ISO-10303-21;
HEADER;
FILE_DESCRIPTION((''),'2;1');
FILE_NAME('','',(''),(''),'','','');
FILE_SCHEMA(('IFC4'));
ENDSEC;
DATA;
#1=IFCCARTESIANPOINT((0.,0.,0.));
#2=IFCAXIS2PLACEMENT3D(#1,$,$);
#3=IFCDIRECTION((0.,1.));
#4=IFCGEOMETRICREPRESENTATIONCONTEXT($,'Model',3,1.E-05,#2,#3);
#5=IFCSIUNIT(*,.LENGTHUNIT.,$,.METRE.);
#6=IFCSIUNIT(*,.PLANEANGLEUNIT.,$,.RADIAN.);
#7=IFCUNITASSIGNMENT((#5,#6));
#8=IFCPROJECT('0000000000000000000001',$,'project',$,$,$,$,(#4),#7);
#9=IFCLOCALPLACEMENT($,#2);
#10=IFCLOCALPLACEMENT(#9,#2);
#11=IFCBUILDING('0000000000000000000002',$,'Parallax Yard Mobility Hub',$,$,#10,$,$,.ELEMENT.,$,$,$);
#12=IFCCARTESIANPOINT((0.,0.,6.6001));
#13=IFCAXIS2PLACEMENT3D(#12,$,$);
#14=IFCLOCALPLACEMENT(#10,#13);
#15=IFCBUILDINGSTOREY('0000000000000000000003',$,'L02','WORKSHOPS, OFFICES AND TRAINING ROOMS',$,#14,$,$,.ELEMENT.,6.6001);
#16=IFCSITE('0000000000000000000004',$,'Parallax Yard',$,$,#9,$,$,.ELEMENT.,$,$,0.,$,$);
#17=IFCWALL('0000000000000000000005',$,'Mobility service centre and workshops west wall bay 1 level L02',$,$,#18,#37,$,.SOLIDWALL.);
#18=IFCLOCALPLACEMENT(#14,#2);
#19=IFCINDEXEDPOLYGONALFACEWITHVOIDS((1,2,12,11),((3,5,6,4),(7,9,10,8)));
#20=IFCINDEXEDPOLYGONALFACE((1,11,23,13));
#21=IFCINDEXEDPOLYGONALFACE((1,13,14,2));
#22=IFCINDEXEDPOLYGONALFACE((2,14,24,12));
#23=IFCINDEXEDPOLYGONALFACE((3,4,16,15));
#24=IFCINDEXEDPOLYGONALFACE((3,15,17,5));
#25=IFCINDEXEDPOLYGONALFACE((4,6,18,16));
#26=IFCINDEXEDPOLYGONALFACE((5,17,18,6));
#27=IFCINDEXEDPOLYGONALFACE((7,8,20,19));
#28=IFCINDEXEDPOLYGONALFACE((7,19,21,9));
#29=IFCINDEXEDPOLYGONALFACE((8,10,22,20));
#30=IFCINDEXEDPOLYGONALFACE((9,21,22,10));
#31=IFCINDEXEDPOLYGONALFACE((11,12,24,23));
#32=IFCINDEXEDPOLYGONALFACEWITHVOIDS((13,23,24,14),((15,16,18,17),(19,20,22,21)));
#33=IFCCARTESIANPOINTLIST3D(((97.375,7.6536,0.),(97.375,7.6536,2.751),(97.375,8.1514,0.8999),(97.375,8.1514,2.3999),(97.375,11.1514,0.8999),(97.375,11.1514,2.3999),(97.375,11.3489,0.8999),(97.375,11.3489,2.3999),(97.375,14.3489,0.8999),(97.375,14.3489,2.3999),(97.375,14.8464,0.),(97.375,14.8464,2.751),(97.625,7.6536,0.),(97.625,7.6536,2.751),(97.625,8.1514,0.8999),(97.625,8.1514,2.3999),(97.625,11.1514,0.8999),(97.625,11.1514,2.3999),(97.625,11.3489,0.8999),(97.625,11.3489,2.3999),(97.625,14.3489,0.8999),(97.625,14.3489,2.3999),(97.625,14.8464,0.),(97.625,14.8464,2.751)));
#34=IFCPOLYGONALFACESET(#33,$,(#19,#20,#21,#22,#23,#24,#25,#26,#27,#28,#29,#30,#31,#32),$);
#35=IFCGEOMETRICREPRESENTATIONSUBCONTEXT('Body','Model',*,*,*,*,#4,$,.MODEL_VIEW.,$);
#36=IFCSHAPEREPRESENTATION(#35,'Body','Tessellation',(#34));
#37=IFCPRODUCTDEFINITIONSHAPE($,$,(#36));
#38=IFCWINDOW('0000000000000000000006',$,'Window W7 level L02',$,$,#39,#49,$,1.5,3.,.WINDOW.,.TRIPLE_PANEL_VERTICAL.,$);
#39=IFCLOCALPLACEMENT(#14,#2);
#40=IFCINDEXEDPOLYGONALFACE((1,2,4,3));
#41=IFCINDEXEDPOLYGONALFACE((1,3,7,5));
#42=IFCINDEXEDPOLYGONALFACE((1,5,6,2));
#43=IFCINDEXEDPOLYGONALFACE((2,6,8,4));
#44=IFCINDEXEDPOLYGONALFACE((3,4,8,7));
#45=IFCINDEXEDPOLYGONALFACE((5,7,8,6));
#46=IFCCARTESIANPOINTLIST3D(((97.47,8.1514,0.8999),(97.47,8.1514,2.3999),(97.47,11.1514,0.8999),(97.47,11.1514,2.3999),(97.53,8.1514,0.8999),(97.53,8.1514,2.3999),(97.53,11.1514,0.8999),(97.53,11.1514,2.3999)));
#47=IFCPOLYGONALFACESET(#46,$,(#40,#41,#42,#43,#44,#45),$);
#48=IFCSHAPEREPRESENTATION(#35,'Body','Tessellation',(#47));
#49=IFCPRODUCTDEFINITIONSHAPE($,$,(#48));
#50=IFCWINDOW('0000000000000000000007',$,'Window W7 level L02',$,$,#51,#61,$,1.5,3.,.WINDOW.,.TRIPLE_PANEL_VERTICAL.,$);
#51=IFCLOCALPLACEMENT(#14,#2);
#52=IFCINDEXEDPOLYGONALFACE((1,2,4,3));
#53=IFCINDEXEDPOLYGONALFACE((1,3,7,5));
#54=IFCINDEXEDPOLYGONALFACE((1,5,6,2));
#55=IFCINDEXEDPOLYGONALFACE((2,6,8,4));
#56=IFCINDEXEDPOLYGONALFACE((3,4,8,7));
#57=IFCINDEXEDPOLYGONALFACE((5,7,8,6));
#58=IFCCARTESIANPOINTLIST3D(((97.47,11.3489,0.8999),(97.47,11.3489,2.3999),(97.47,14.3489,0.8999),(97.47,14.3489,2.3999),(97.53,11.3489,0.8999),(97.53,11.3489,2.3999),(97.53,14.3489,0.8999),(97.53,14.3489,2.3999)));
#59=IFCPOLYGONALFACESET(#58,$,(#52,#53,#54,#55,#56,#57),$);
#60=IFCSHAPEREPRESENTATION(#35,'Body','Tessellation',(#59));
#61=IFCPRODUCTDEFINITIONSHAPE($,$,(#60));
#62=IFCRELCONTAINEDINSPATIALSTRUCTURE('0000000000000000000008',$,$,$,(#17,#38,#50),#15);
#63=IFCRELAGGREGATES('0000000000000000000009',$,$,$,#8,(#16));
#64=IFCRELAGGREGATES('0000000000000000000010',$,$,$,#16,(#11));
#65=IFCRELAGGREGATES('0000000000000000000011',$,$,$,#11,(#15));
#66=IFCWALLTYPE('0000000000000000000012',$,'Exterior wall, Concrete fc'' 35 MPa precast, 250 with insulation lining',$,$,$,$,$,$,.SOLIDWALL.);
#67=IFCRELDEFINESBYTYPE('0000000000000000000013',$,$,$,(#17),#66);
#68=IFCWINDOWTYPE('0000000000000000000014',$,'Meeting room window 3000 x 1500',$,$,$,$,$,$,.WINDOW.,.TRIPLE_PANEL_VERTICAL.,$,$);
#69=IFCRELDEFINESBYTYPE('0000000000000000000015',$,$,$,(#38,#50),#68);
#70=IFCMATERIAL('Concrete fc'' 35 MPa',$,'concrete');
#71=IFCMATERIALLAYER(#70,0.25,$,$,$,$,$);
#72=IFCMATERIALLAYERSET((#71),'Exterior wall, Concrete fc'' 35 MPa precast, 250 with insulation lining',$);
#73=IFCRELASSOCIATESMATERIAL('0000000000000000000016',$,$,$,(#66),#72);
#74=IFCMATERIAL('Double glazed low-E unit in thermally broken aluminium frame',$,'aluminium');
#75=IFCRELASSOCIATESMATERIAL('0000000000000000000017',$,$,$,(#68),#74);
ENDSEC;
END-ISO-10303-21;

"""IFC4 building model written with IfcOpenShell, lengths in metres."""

from ifc_helpers import new_model, si_unit, direction, frame, frame_2d, origin, place, context, subcontext, project, spatial, rectangle, extrude, material, layer, layer_set, type_object, element, fill, save


model = new_model("IFC4")

# Units and contexts
model_context = context("Model", 3, precision=1e-05, world=origin(), true_north=direction((0.0, 1.0)))
body_context = subcontext(model_context, "Body", "Model", "MODEL_VIEW")
ifc_project = project(units=[si_unit("LENGTHUNIT", "METRE"), si_unit("PLANEANGLEUNIT", "RADIAN")], contexts=[model_context])

# Site, building, storey
site_placement = place(None, origin())
site = spatial("IfcSite", under=ifc_project, at=site_placement, Name="Parallax Yard", CompositionType="ELEMENT", RefElevation=0.0)
building_placement = place(site_placement, origin())
building = spatial("IfcBuilding", under=site, at=building_placement, Name="Parallax Yard Mobility Hub", CompositionType="ELEMENT")
storey_placement = place(building_placement, frame((0.0, 0.0, 6.6001)))
storey = spatial("IfcBuildingStorey", under=building, at=storey_placement, Name="L02", Description="WORKSHOPS, OFFICES AND TRAINING ROOMS", CompositionType="ELEMENT", Elevation=6.6001)

# Wall, openings, windows
ifc_material_1 = material(Name="Concrete fc' 35 MPa", Category="concrete")
ifc_layer = layer(ifc_material_1, 0.25)
ifc_layer_set = layer_set([ifc_layer], Name="Exterior wall, Concrete fc' 35 MPa precast, 250 with insulation lining")
wall_type = type_object("IfcWallType", Name="Exterior wall, Concrete fc' 35 MPa precast, 250 with insulation lining", PredefinedType="SOLIDWALL", material=ifc_layer_set)
wall_placement = place(storey_placement, frame((97.5, 7.6536, 0.0), z_axis=(0.0, 0.0, 1.0), x_axis=(0.0, 1.0, 0.0)))
wall = element("IfcWall", 1, at=wall_placement, inside=storey, type_object=wall_type, Name="Mobility service centre and workshops west wall bay 1 level L02", PredefinedType="SOLIDWALL", context=body_context, shape_type="SweptSolid", body=[
    extrude(rectangle(XDim=7.1929, YDim=0.25, at=frame_2d((3.5964, 0.0))), origin(), (0.0, 0.0, 1.0), 2.751),
])
opening_1_placement = place(wall_placement, frame((0.4978, 0.0, 0.8999)))
opening_1 = element("IfcOpeningElement", 2, at=opening_1_placement, cuts=wall, PredefinedType="OPENING", context=body_context, shape_type="SweptSolid", body=[
    extrude(rectangle(XDim=3.0, YDim=1.5, at=frame_2d((1.5, 0.75))), frame((0.0, 0.135, 0.0), z_axis=(0.0, -1.0, 0.0), x_axis=(1.0, 0.0, 0.0)), (0.0, 0.0, 1.0), 0.27),
])
opening_2_placement = place(wall_placement, frame((3.6953, 0.0, 0.8999)))
opening_2 = element("IfcOpeningElement", 3, at=opening_2_placement, cuts=wall, PredefinedType="OPENING", context=body_context, shape_type="SweptSolid", body=[
    extrude(rectangle(XDim=3.0, YDim=1.5, at=frame_2d((1.5, 0.75))), frame((0.0, 0.135, 0.0), z_axis=(0.0, -1.0, 0.0), x_axis=(1.0, 0.0, 0.0)), (0.0, 0.0, 1.0), 0.27),
])
ifc_material_2 = material(Name="Double glazed low-E unit in thermally broken aluminium frame", Category="aluminium")
window_type = type_object("IfcWindowType", Name="Meeting room window 3000 x 1500", PartitioningType="TRIPLE_PANEL_VERTICAL", PredefinedType="WINDOW", material=ifc_material_2)
window_1_placement = place(opening_1_placement, origin())
window_1 = element("IfcWindow", 4, at=window_1_placement, inside=storey, type_object=window_type, Name="Window W7 level L02", OverallHeight=1.5, OverallWidth=3.0, PartitioningType="TRIPLE_PANEL_VERTICAL", PredefinedType="WINDOW", context=body_context, shape_type="SweptSolid", body=[
    extrude(rectangle(XDim=3.0, YDim=1.5, at=frame_2d((1.5, 0.75))), frame((0.0, 0.03, 0.0), z_axis=(0.0, -1.0, 0.0), x_axis=(1.0, 0.0, 0.0)), (0.0, 0.0, 1.0), 0.0601),
])
fill(opening_1, window_1)
window_2_placement = place(opening_2_placement, origin())
window_2 = element("IfcWindow", 5, at=window_2_placement, inside=storey, type_object=window_type, Name="Window W7 level L02", OverallHeight=1.5, OverallWidth=3.0, PartitioningType="TRIPLE_PANEL_VERTICAL", PredefinedType="WINDOW", context=body_context, shape_type="SweptSolid", body=[
    extrude(rectangle(XDim=3.0, YDim=1.5, at=frame_2d((1.5, 0.75))), frame((0.0, 0.03, 0.0), z_axis=(0.0, -1.0, 0.0), x_axis=(1.0, 0.0, 0.0)), (0.0, 0.0, 1.0), 0.0601),
])
fill(opening_2, window_2)

save(model, "model.ifc")
